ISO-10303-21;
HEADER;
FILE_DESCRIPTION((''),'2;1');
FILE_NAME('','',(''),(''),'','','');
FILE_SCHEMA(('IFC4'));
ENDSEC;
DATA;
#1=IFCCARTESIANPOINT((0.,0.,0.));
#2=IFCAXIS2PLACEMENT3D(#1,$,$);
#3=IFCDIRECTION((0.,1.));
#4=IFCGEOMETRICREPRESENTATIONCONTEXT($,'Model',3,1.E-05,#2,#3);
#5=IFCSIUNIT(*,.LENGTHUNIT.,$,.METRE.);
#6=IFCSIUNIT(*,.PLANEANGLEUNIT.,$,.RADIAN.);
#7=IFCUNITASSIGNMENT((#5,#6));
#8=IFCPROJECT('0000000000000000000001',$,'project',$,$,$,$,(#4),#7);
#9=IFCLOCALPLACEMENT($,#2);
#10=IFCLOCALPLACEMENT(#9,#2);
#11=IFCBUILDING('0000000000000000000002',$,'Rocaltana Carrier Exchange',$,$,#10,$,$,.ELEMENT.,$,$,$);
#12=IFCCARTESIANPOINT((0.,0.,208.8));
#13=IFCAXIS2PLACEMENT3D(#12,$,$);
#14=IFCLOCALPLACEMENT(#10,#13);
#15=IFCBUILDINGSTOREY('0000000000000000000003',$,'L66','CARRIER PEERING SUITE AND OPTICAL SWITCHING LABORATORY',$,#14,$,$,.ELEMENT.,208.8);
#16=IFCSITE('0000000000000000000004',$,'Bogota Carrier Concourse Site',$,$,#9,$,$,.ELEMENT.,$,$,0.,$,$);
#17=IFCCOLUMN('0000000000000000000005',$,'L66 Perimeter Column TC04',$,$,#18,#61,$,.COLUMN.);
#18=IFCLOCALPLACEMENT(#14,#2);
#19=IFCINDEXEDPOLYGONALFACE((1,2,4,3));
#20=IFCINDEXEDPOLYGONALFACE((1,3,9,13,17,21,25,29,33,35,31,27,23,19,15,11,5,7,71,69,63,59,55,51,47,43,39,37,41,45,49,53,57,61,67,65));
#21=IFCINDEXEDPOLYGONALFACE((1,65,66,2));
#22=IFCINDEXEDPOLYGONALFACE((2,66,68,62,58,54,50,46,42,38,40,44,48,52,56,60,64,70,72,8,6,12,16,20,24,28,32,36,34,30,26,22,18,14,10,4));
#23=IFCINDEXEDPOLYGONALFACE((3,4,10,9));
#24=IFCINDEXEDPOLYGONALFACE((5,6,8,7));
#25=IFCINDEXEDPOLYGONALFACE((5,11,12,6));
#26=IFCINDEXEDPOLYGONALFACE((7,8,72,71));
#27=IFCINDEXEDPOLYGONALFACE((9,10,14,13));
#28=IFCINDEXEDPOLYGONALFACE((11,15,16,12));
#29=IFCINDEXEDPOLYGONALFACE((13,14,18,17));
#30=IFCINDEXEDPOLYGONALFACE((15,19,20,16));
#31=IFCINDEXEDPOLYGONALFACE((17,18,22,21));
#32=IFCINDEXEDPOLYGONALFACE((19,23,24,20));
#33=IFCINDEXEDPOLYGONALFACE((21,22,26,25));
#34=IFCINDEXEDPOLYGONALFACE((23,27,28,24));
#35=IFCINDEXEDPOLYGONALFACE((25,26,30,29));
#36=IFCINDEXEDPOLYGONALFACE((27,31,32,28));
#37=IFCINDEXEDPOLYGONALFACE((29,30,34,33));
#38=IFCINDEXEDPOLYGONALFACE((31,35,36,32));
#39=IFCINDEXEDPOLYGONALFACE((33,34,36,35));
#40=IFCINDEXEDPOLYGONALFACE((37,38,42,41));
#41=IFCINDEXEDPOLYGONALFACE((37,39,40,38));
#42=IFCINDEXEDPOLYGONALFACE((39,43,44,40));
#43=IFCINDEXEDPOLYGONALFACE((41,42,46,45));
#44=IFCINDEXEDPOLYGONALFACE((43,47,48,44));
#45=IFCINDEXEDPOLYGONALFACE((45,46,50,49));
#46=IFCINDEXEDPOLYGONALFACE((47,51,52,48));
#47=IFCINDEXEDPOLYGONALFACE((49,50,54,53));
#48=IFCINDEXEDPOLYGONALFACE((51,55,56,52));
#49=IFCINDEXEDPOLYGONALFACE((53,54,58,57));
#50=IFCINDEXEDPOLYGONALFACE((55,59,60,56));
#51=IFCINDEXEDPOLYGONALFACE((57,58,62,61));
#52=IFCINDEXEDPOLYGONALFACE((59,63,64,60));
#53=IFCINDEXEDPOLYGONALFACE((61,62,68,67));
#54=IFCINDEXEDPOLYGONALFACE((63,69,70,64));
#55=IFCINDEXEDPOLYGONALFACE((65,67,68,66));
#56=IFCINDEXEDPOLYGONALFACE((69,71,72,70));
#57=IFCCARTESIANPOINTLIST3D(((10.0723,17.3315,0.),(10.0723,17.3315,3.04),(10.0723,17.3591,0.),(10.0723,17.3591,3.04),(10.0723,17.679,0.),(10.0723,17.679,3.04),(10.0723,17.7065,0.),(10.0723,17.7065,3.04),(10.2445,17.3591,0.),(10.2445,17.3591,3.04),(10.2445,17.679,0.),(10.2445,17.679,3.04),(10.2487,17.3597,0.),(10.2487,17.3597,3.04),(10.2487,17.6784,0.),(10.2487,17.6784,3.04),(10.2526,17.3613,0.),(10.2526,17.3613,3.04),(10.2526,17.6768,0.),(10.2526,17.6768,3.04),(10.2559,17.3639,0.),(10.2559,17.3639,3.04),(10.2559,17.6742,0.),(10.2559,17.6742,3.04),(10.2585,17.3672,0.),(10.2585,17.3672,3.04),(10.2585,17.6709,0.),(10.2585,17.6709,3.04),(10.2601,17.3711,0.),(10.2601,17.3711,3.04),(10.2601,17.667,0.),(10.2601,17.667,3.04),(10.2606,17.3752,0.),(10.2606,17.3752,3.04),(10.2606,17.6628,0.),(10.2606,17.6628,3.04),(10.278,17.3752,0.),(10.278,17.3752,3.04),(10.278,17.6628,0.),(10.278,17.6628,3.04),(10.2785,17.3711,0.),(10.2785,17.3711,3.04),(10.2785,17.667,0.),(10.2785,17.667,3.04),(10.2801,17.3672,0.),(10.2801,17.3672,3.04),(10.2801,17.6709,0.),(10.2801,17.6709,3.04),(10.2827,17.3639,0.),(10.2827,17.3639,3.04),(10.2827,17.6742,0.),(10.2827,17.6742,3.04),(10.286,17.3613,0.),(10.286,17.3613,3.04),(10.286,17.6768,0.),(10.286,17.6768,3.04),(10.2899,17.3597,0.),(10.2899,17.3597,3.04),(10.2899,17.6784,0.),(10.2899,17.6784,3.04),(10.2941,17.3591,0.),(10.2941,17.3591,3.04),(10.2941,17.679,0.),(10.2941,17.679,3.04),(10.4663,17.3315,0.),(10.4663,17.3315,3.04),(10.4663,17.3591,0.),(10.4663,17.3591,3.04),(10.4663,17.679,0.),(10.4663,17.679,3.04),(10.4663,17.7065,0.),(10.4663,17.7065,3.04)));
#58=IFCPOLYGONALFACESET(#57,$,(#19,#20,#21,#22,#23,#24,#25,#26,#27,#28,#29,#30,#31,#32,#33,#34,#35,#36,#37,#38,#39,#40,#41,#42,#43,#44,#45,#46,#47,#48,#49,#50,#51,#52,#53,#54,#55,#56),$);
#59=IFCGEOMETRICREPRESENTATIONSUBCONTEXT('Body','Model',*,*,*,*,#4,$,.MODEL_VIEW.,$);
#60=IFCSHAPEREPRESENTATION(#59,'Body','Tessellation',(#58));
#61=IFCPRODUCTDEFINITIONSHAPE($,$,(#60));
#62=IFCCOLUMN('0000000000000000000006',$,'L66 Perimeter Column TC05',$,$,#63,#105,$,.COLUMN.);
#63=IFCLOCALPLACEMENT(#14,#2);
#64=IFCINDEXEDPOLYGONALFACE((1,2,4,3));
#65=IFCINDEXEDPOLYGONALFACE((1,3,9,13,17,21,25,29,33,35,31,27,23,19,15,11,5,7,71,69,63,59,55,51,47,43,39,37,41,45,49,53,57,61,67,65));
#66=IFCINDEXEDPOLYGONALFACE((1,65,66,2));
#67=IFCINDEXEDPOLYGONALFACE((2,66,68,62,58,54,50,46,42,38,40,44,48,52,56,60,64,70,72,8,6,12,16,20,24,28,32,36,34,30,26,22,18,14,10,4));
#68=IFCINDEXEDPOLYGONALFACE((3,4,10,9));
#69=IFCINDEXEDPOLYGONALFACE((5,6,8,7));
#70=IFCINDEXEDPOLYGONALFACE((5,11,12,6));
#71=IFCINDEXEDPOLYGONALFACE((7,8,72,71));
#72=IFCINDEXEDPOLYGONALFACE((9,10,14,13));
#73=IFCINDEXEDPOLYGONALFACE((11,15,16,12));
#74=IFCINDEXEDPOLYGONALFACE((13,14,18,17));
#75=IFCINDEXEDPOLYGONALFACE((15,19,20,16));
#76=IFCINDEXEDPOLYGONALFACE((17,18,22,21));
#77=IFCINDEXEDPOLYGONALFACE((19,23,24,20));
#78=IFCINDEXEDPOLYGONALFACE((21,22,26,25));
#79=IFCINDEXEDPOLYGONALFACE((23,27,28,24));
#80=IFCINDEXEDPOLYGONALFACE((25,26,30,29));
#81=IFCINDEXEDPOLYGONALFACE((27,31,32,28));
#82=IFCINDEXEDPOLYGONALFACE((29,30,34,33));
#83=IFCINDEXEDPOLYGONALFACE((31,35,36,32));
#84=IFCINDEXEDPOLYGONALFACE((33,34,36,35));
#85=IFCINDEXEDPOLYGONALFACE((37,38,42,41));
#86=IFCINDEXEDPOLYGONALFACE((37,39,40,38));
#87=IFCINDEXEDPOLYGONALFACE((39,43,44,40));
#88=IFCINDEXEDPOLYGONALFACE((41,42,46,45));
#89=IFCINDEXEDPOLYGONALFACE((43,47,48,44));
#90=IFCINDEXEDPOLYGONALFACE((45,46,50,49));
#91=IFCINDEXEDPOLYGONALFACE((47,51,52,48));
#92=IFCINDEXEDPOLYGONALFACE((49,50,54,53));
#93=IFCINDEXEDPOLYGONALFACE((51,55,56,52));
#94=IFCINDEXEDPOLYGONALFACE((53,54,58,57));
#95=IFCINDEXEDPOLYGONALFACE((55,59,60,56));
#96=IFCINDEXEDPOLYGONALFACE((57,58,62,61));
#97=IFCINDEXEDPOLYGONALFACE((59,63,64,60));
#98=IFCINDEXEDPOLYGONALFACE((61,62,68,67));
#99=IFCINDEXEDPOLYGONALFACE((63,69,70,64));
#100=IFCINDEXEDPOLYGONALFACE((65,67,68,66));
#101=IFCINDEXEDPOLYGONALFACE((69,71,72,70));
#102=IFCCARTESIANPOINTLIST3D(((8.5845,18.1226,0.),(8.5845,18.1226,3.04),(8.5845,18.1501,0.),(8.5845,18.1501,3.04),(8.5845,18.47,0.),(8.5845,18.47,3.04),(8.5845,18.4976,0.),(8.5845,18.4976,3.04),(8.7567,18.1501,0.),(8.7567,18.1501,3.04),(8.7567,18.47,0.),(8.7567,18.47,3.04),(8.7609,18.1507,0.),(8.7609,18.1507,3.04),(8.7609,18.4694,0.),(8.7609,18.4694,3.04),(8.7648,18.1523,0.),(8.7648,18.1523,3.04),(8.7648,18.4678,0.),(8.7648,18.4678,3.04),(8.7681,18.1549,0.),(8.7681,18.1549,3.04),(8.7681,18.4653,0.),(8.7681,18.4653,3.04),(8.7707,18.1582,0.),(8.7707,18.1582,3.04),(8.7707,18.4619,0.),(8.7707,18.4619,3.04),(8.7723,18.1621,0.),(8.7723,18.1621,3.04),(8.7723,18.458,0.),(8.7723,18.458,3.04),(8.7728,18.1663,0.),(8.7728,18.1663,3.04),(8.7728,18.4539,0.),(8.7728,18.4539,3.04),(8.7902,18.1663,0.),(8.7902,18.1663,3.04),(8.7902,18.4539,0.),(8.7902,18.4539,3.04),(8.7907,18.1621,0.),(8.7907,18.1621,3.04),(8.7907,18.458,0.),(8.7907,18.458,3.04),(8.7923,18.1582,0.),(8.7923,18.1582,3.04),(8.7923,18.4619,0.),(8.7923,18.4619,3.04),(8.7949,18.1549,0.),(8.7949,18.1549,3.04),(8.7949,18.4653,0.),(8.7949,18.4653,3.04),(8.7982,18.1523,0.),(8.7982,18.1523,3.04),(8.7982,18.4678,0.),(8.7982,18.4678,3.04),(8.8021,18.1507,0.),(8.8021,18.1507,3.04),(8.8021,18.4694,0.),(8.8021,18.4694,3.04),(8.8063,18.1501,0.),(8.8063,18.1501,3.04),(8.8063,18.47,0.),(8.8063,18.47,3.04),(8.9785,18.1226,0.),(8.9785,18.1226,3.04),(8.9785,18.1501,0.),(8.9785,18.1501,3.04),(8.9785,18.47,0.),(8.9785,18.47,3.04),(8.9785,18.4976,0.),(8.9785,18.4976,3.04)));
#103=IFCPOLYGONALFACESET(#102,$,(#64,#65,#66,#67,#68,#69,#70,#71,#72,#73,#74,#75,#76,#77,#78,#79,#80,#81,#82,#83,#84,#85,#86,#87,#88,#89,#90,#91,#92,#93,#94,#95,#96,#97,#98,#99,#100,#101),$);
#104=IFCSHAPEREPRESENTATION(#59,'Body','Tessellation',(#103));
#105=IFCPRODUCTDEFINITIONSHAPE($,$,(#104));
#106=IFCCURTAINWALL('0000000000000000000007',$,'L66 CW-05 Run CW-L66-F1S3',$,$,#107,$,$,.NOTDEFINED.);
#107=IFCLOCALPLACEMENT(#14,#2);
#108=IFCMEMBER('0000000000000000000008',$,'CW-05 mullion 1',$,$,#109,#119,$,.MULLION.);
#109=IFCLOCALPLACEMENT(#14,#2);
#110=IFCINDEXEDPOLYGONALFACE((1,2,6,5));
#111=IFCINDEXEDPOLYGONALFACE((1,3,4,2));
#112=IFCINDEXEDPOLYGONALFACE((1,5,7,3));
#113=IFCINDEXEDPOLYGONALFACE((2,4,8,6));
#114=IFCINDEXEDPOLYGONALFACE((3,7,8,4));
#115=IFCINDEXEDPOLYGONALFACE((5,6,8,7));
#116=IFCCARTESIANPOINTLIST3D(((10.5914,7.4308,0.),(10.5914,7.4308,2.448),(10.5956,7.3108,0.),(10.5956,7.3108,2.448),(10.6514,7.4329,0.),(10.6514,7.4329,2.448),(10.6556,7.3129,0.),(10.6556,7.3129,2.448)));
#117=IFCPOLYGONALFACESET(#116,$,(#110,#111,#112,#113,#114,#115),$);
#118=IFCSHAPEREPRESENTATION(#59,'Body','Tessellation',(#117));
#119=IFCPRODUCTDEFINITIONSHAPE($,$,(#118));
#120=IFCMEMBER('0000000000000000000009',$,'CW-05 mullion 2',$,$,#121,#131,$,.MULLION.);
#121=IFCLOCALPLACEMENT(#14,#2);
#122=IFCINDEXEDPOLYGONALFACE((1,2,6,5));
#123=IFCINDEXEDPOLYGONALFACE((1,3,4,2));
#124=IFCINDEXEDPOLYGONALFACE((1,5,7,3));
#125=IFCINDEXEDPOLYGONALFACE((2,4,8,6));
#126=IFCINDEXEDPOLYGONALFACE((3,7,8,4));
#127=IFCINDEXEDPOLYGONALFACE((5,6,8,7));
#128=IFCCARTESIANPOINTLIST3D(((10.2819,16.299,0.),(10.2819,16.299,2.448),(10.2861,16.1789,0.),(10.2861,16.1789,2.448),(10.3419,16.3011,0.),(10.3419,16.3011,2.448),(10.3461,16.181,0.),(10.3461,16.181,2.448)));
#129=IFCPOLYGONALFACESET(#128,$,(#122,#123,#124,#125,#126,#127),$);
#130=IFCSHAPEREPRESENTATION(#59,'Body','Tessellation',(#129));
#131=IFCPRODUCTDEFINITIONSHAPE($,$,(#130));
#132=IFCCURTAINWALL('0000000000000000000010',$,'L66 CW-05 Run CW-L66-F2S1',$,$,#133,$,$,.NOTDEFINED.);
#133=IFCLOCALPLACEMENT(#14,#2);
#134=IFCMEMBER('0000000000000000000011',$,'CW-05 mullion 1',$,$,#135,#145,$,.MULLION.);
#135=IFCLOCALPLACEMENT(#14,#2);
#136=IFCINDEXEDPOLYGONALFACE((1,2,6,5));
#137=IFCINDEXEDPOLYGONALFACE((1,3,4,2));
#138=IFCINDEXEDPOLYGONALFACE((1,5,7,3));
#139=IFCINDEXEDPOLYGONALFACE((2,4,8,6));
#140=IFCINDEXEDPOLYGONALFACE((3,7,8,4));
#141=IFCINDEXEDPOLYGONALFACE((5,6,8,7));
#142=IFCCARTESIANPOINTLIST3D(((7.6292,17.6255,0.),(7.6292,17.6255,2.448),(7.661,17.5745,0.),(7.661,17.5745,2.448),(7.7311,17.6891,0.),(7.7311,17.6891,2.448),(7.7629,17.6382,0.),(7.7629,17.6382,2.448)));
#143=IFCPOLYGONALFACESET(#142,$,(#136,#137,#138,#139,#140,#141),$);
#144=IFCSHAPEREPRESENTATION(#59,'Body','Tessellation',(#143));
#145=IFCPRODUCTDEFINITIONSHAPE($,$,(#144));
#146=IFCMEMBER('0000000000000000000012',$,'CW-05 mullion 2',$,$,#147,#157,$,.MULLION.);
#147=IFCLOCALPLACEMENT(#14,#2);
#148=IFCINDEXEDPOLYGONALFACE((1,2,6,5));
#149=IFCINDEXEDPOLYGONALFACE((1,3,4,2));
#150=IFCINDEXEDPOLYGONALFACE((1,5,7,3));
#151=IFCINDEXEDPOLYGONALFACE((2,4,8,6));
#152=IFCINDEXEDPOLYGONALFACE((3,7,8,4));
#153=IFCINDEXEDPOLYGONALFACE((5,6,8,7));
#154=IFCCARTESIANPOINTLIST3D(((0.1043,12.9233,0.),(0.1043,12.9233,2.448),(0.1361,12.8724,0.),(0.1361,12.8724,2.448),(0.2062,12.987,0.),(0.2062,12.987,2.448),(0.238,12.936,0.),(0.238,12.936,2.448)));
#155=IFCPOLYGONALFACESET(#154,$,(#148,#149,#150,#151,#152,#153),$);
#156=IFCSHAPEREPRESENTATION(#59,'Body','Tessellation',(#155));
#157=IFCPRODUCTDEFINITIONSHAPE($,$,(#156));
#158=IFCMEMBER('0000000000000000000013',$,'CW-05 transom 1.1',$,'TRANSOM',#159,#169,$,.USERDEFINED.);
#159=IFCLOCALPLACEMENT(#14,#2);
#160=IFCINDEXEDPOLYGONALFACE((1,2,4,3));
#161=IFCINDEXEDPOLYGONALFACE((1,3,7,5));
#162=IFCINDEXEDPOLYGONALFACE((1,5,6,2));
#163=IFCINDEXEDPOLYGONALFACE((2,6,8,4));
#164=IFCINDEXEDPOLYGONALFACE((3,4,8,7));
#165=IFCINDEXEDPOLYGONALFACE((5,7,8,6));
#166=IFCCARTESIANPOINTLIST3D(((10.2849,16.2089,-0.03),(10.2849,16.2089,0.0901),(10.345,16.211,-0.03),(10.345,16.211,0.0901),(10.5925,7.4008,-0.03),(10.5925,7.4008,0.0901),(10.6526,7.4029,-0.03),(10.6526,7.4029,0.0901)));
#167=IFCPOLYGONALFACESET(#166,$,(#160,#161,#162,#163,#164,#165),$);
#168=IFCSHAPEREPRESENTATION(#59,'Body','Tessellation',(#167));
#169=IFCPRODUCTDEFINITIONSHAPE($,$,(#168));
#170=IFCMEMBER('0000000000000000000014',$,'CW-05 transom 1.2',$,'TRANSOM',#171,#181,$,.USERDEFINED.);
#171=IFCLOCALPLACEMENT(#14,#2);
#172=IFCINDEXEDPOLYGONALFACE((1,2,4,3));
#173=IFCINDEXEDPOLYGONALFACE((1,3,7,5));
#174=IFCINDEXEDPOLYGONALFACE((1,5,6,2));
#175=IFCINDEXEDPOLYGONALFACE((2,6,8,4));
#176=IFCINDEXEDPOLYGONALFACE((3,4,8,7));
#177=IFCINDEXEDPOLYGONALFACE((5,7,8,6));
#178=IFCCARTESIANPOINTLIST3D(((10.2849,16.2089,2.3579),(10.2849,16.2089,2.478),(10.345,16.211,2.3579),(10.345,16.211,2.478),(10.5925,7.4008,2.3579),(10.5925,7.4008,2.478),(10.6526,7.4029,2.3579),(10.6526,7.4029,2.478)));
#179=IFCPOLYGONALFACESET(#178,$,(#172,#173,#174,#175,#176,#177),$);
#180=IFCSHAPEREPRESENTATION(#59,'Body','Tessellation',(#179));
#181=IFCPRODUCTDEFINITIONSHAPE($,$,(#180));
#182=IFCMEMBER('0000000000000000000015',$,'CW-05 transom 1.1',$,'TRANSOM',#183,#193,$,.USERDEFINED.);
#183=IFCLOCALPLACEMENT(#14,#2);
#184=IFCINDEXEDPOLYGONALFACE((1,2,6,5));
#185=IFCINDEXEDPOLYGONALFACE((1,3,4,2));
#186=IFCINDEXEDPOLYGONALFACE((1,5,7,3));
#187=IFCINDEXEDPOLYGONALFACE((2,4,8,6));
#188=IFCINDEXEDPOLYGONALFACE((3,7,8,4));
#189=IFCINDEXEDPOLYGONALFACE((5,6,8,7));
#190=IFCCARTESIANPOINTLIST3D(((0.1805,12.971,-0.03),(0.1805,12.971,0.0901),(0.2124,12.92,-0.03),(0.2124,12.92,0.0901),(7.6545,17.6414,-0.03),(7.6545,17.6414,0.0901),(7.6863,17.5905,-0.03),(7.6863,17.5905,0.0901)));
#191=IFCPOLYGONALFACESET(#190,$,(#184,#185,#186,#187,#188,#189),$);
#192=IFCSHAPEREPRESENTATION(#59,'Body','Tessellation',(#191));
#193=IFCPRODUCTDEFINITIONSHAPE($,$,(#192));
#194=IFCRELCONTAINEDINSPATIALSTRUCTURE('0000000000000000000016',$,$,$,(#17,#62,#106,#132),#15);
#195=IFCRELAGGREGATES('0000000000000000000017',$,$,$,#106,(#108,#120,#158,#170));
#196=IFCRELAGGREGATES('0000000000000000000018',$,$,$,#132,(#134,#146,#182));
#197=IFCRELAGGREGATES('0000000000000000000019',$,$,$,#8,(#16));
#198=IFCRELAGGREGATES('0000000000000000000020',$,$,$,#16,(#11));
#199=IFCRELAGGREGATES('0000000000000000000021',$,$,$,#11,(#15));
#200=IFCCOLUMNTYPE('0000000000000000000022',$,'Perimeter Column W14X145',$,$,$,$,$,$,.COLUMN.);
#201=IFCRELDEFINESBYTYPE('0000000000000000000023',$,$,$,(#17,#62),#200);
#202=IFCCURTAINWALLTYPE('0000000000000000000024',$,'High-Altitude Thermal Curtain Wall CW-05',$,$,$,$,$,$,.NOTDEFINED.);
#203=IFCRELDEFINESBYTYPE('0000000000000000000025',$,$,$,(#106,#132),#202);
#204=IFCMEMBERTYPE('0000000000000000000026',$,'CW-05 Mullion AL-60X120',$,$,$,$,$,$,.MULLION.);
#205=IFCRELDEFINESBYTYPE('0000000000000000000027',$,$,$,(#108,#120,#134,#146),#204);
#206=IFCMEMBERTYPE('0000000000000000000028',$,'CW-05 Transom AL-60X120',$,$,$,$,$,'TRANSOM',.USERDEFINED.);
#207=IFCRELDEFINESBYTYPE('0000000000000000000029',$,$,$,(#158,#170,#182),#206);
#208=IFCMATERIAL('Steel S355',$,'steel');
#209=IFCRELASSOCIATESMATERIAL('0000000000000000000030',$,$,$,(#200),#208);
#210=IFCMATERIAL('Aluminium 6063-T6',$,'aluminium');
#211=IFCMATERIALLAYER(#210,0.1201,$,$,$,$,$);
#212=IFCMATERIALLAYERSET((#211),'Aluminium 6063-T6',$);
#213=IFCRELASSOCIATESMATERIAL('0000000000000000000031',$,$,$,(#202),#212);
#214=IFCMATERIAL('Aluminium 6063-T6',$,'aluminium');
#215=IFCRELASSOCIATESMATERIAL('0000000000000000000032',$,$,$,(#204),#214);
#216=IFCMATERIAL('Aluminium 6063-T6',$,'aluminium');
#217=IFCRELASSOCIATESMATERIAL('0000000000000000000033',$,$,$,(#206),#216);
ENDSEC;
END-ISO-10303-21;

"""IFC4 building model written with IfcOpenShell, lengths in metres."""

from ifc_helpers import new_model, si_unit, direction, frame, origin, origin_2d, place, context, subcontext, project, spatial, rectangle, i_section, extrude, material, layer, layer_set, material_profile, profile_set, type_object, element, aggregate, save


model = new_model("IFC4")

# Units and contexts
model_context = context("Model", 3, precision=1e-05, world=origin(), true_north=direction((0.0, 1.0)))
body_context = subcontext(model_context, "Body", "Model", "MODEL_VIEW")
ifc_project = project(units=[si_unit("LENGTHUNIT", "METRE"), si_unit("PLANEANGLEUNIT", "RADIAN")], contexts=[model_context])

# Site, building, storey
site_placement = place(None, origin())
site = spatial("IfcSite", under=ifc_project, at=site_placement, Name="Bogota Carrier Concourse Site", CompositionType="ELEMENT", RefElevation=0.0)
building_placement = place(site_placement, origin())
building = spatial("IfcBuilding", under=site, at=building_placement, Name="Rocaltana Carrier Exchange", CompositionType="ELEMENT")
storey_placement = place(building_placement, frame((0.0, 0.0, 208.8)))
storey = spatial("IfcBuildingStorey", under=building, at=storey_placement, Name="L66", Description="CARRIER PEERING SUITE AND OPTICAL SWITCHING LABORATORY", CompositionType="ELEMENT", Elevation=208.8)

# Columns
ifc_material_1 = material(Name="Steel S355", Category="steel")
ifc_material_profile_1 = material_profile(ifc_material_1, i_section(OverallWidth=0.394, OverallDepth=0.375, WebThickness=0.0173, FlangeThickness=0.0276, FilletRadius=0.0161, at=origin_2d()), Name="W14X145")
ifc_profile_set_1 = profile_set([ifc_material_profile_1], Name="Steel S355")
column_type = type_object("IfcColumnType", Name="Perimeter Column W14X145", PredefinedType="COLUMN", material=ifc_profile_set_1)
for number, where, z_axis, x_axis, name in (
    (1, (10.2693, 17.519, 0.0), (0.0, 0.0, 1.0), (1.0, 0.0, 0.0), "L66 Perimeter Column TC04"),
    (2, (8.7815, 18.3101, 0.0), (0.0, 0.0, 1.0), (1.0, 0.0, 0.0), "L66 Perimeter Column TC05"),
):
    element("IfcColumn", number, at=place(storey_placement, frame(where, z_axis=z_axis, x_axis=x_axis)), inside=storey, type_object=column_type, Name=name, PredefinedType="COLUMN", context=body_context, shape_type="SweptSolid", body=[
        extrude(i_section(OverallWidth=0.394, OverallDepth=0.375, WebThickness=0.0173, FlangeThickness=0.0276, FilletRadius=0.0161, at=origin_2d()), origin(), (0.0, 0.0, 1.0), 3.04),
    ])

# Curtain walls, members
ifc_material_2 = material(Name="Aluminium 6063-T6", Category="aluminium")
ifc_layer_1 = layer(ifc_material_2, 0.1201)
ifc_layer_set_1 = layer_set([ifc_layer_1], Name="Aluminium 6063-T6")
curtain_wall_type = type_object("IfcCurtainWallType", Name="High-Altitude Thermal Curtain Wall CW-05", PredefinedType="NOTDEFINED", material=ifc_layer_set_1)
curtain_wall_1_placement = place(storey_placement, origin())
curtain_wall_1 = element("IfcCurtainWall", 3, at=curtain_wall_1_placement, inside=storey, type_object=curtain_wall_type, Name="L66 CW-05 Run CW-L66-F1S3", PredefinedType="NOTDEFINED")
ifc_material_3 = material(Name="Aluminium 6063-T6", Category="aluminium")
ifc_material_profile_2 = material_profile(ifc_material_3, rectangle(XDim=0.0601, YDim=0.1201, at=origin_2d()), Name="AL-60X120")
ifc_profile_set_2 = profile_set([ifc_material_profile_2], Name="Aluminium 6063-T6")
member_type_1 = type_object("IfcMemberType", Name="CW-05 Mullion AL-60X120", PredefinedType="MULLION", material=ifc_profile_set_2)
member_1_placement = place(storey_placement, frame((10.6235, 7.3718, 0.0), z_axis=(0.0, 0.0, 1.0), x_axis=(-0.999391, -0.034903, 0.0)))
member_1 = element("IfcMember", 4, at=member_1_placement, type_object=member_type_1, Name="CW-05 mullion 1", PredefinedType="MULLION", context=body_context, shape_type="SweptSolid", body=[
    extrude(rectangle(XDim=0.0601, YDim=0.1201, at=origin_2d()), origin(), (0.0, 0.0, 1.0), 2.448),
])
member_2_placement = place(storey_placement, frame((10.314, 16.24, 0.0), z_axis=(0.0, 0.0, 1.0), x_axis=(-0.999391, -0.034903, 0.0)))
member_2 = element("IfcMember", 5, at=member_2_placement, type_object=member_type_1, Name="CW-05 mullion 2", PredefinedType="MULLION", context=body_context, shape_type="SweptSolid", body=[
    extrude(rectangle(XDim=0.0601, YDim=0.1201, at=origin_2d()), origin(), (0.0, 0.0, 1.0), 2.448),
])
curtain_wall_2_placement = place(storey_placement, origin())
curtain_wall_2 = element("IfcCurtainWall", 6, at=curtain_wall_2_placement, inside=storey, type_object=curtain_wall_type, Name="L66 CW-05 Run CW-L66-F2S1", PredefinedType="NOTDEFINED")
member_3_placement = place(storey_placement, frame((7.696, 17.6318, 0.0), z_axis=(0.0, 0.0, 1.0), x_axis=(0.529929, -0.848042, 0.0)))
member_3 = element("IfcMember", 7, at=member_3_placement, type_object=member_type_1, Name="CW-05 mullion 1", PredefinedType="MULLION", context=body_context, shape_type="SweptSolid", body=[
    extrude(rectangle(XDim=0.0601, YDim=0.1201, at=origin_2d()), origin(), (0.0, 0.0, 1.0), 2.448),
])
member_4_placement = place(storey_placement, frame((0.1711, 12.9297, 0.0), z_axis=(0.0, 0.0, 1.0), x_axis=(0.529929, -0.848042, 0.0)))
member_4 = element("IfcMember", 8, at=member_4_placement, type_object=member_type_1, Name="CW-05 mullion 2", PredefinedType="MULLION", context=body_context, shape_type="SweptSolid", body=[
    extrude(rectangle(XDim=0.0601, YDim=0.1201, at=origin_2d()), origin(), (0.0, 0.0, 1.0), 2.448),
])

# Members
ifc_material_4 = material(Name="Aluminium 6063-T6", Category="aluminium")
ifc_material_profile_3 = material_profile(ifc_material_4, rectangle(XDim=0.0601, YDim=0.1201, at=origin_2d()), Name="AL-60X120")
ifc_profile_set_3 = profile_set([ifc_material_profile_3], Name="Aluminium 6063-T6")
member_type_2 = type_object("IfcMemberType", Name="CW-05 Transom AL-60X120", ElementType="TRANSOM", PredefinedType="USERDEFINED", material=ifc_profile_set_3)
member_5_placement = place(storey_placement, frame((10.6226, 7.4019, 0.03), z_axis=(-0.034903, 0.999391, 0.0), x_axis=(-0.999391, -0.034903, 0.0)))
member_5 = element("IfcMember", 9, at=member_5_placement, type_object=member_type_2, Name="CW-05 transom 1.1", ObjectType="TRANSOM", PredefinedType="USERDEFINED", context=body_context, shape_type="SweptSolid", body=[
    extrude(rectangle(XDim=0.0601, YDim=0.1201, at=origin_2d()), origin(), (0.0, 0.0, 1.0), 8.8135),
])
member_6_placement = place(storey_placement, frame((10.6226, 7.4019, 2.418), z_axis=(-0.034903, 0.999391, 0.0), x_axis=(-0.999391, -0.034903, 0.0)))
member_6 = element("IfcMember", 10, at=member_6_placement, type_object=member_type_2, Name="CW-05 transom 1.2", ObjectType="TRANSOM", PredefinedType="USERDEFINED", context=body_context, shape_type="SweptSolid", body=[
    extrude(rectangle(XDim=0.0601, YDim=0.1201, at=origin_2d()), origin(), (0.0, 0.0, 1.0), 8.8135),
])
member_7_placement = place(storey_placement, frame((7.6704, 17.616, 0.03), z_axis=(-0.848037, -0.529937, 0.0), x_axis=(0.529937, -0.848037, 0.0)))
member_7 = element("IfcMember", 11, at=member_7_placement, type_object=member_type_2, Name="CW-05 transom 1.1", ObjectType="TRANSOM", PredefinedType="USERDEFINED", context=body_context, shape_type="SweptSolid", body=[
    extrude(rectangle(XDim=0.0601, YDim=0.1201, at=origin_2d()), origin(), (0.0, 0.0, 1.0), 8.8132),
])

aggregate(curtain_wall_1, [member_1, member_2, member_5, member_6])
aggregate(curtain_wall_2, [member_3, member_4, member_7])

save(model, "model.ifc")
